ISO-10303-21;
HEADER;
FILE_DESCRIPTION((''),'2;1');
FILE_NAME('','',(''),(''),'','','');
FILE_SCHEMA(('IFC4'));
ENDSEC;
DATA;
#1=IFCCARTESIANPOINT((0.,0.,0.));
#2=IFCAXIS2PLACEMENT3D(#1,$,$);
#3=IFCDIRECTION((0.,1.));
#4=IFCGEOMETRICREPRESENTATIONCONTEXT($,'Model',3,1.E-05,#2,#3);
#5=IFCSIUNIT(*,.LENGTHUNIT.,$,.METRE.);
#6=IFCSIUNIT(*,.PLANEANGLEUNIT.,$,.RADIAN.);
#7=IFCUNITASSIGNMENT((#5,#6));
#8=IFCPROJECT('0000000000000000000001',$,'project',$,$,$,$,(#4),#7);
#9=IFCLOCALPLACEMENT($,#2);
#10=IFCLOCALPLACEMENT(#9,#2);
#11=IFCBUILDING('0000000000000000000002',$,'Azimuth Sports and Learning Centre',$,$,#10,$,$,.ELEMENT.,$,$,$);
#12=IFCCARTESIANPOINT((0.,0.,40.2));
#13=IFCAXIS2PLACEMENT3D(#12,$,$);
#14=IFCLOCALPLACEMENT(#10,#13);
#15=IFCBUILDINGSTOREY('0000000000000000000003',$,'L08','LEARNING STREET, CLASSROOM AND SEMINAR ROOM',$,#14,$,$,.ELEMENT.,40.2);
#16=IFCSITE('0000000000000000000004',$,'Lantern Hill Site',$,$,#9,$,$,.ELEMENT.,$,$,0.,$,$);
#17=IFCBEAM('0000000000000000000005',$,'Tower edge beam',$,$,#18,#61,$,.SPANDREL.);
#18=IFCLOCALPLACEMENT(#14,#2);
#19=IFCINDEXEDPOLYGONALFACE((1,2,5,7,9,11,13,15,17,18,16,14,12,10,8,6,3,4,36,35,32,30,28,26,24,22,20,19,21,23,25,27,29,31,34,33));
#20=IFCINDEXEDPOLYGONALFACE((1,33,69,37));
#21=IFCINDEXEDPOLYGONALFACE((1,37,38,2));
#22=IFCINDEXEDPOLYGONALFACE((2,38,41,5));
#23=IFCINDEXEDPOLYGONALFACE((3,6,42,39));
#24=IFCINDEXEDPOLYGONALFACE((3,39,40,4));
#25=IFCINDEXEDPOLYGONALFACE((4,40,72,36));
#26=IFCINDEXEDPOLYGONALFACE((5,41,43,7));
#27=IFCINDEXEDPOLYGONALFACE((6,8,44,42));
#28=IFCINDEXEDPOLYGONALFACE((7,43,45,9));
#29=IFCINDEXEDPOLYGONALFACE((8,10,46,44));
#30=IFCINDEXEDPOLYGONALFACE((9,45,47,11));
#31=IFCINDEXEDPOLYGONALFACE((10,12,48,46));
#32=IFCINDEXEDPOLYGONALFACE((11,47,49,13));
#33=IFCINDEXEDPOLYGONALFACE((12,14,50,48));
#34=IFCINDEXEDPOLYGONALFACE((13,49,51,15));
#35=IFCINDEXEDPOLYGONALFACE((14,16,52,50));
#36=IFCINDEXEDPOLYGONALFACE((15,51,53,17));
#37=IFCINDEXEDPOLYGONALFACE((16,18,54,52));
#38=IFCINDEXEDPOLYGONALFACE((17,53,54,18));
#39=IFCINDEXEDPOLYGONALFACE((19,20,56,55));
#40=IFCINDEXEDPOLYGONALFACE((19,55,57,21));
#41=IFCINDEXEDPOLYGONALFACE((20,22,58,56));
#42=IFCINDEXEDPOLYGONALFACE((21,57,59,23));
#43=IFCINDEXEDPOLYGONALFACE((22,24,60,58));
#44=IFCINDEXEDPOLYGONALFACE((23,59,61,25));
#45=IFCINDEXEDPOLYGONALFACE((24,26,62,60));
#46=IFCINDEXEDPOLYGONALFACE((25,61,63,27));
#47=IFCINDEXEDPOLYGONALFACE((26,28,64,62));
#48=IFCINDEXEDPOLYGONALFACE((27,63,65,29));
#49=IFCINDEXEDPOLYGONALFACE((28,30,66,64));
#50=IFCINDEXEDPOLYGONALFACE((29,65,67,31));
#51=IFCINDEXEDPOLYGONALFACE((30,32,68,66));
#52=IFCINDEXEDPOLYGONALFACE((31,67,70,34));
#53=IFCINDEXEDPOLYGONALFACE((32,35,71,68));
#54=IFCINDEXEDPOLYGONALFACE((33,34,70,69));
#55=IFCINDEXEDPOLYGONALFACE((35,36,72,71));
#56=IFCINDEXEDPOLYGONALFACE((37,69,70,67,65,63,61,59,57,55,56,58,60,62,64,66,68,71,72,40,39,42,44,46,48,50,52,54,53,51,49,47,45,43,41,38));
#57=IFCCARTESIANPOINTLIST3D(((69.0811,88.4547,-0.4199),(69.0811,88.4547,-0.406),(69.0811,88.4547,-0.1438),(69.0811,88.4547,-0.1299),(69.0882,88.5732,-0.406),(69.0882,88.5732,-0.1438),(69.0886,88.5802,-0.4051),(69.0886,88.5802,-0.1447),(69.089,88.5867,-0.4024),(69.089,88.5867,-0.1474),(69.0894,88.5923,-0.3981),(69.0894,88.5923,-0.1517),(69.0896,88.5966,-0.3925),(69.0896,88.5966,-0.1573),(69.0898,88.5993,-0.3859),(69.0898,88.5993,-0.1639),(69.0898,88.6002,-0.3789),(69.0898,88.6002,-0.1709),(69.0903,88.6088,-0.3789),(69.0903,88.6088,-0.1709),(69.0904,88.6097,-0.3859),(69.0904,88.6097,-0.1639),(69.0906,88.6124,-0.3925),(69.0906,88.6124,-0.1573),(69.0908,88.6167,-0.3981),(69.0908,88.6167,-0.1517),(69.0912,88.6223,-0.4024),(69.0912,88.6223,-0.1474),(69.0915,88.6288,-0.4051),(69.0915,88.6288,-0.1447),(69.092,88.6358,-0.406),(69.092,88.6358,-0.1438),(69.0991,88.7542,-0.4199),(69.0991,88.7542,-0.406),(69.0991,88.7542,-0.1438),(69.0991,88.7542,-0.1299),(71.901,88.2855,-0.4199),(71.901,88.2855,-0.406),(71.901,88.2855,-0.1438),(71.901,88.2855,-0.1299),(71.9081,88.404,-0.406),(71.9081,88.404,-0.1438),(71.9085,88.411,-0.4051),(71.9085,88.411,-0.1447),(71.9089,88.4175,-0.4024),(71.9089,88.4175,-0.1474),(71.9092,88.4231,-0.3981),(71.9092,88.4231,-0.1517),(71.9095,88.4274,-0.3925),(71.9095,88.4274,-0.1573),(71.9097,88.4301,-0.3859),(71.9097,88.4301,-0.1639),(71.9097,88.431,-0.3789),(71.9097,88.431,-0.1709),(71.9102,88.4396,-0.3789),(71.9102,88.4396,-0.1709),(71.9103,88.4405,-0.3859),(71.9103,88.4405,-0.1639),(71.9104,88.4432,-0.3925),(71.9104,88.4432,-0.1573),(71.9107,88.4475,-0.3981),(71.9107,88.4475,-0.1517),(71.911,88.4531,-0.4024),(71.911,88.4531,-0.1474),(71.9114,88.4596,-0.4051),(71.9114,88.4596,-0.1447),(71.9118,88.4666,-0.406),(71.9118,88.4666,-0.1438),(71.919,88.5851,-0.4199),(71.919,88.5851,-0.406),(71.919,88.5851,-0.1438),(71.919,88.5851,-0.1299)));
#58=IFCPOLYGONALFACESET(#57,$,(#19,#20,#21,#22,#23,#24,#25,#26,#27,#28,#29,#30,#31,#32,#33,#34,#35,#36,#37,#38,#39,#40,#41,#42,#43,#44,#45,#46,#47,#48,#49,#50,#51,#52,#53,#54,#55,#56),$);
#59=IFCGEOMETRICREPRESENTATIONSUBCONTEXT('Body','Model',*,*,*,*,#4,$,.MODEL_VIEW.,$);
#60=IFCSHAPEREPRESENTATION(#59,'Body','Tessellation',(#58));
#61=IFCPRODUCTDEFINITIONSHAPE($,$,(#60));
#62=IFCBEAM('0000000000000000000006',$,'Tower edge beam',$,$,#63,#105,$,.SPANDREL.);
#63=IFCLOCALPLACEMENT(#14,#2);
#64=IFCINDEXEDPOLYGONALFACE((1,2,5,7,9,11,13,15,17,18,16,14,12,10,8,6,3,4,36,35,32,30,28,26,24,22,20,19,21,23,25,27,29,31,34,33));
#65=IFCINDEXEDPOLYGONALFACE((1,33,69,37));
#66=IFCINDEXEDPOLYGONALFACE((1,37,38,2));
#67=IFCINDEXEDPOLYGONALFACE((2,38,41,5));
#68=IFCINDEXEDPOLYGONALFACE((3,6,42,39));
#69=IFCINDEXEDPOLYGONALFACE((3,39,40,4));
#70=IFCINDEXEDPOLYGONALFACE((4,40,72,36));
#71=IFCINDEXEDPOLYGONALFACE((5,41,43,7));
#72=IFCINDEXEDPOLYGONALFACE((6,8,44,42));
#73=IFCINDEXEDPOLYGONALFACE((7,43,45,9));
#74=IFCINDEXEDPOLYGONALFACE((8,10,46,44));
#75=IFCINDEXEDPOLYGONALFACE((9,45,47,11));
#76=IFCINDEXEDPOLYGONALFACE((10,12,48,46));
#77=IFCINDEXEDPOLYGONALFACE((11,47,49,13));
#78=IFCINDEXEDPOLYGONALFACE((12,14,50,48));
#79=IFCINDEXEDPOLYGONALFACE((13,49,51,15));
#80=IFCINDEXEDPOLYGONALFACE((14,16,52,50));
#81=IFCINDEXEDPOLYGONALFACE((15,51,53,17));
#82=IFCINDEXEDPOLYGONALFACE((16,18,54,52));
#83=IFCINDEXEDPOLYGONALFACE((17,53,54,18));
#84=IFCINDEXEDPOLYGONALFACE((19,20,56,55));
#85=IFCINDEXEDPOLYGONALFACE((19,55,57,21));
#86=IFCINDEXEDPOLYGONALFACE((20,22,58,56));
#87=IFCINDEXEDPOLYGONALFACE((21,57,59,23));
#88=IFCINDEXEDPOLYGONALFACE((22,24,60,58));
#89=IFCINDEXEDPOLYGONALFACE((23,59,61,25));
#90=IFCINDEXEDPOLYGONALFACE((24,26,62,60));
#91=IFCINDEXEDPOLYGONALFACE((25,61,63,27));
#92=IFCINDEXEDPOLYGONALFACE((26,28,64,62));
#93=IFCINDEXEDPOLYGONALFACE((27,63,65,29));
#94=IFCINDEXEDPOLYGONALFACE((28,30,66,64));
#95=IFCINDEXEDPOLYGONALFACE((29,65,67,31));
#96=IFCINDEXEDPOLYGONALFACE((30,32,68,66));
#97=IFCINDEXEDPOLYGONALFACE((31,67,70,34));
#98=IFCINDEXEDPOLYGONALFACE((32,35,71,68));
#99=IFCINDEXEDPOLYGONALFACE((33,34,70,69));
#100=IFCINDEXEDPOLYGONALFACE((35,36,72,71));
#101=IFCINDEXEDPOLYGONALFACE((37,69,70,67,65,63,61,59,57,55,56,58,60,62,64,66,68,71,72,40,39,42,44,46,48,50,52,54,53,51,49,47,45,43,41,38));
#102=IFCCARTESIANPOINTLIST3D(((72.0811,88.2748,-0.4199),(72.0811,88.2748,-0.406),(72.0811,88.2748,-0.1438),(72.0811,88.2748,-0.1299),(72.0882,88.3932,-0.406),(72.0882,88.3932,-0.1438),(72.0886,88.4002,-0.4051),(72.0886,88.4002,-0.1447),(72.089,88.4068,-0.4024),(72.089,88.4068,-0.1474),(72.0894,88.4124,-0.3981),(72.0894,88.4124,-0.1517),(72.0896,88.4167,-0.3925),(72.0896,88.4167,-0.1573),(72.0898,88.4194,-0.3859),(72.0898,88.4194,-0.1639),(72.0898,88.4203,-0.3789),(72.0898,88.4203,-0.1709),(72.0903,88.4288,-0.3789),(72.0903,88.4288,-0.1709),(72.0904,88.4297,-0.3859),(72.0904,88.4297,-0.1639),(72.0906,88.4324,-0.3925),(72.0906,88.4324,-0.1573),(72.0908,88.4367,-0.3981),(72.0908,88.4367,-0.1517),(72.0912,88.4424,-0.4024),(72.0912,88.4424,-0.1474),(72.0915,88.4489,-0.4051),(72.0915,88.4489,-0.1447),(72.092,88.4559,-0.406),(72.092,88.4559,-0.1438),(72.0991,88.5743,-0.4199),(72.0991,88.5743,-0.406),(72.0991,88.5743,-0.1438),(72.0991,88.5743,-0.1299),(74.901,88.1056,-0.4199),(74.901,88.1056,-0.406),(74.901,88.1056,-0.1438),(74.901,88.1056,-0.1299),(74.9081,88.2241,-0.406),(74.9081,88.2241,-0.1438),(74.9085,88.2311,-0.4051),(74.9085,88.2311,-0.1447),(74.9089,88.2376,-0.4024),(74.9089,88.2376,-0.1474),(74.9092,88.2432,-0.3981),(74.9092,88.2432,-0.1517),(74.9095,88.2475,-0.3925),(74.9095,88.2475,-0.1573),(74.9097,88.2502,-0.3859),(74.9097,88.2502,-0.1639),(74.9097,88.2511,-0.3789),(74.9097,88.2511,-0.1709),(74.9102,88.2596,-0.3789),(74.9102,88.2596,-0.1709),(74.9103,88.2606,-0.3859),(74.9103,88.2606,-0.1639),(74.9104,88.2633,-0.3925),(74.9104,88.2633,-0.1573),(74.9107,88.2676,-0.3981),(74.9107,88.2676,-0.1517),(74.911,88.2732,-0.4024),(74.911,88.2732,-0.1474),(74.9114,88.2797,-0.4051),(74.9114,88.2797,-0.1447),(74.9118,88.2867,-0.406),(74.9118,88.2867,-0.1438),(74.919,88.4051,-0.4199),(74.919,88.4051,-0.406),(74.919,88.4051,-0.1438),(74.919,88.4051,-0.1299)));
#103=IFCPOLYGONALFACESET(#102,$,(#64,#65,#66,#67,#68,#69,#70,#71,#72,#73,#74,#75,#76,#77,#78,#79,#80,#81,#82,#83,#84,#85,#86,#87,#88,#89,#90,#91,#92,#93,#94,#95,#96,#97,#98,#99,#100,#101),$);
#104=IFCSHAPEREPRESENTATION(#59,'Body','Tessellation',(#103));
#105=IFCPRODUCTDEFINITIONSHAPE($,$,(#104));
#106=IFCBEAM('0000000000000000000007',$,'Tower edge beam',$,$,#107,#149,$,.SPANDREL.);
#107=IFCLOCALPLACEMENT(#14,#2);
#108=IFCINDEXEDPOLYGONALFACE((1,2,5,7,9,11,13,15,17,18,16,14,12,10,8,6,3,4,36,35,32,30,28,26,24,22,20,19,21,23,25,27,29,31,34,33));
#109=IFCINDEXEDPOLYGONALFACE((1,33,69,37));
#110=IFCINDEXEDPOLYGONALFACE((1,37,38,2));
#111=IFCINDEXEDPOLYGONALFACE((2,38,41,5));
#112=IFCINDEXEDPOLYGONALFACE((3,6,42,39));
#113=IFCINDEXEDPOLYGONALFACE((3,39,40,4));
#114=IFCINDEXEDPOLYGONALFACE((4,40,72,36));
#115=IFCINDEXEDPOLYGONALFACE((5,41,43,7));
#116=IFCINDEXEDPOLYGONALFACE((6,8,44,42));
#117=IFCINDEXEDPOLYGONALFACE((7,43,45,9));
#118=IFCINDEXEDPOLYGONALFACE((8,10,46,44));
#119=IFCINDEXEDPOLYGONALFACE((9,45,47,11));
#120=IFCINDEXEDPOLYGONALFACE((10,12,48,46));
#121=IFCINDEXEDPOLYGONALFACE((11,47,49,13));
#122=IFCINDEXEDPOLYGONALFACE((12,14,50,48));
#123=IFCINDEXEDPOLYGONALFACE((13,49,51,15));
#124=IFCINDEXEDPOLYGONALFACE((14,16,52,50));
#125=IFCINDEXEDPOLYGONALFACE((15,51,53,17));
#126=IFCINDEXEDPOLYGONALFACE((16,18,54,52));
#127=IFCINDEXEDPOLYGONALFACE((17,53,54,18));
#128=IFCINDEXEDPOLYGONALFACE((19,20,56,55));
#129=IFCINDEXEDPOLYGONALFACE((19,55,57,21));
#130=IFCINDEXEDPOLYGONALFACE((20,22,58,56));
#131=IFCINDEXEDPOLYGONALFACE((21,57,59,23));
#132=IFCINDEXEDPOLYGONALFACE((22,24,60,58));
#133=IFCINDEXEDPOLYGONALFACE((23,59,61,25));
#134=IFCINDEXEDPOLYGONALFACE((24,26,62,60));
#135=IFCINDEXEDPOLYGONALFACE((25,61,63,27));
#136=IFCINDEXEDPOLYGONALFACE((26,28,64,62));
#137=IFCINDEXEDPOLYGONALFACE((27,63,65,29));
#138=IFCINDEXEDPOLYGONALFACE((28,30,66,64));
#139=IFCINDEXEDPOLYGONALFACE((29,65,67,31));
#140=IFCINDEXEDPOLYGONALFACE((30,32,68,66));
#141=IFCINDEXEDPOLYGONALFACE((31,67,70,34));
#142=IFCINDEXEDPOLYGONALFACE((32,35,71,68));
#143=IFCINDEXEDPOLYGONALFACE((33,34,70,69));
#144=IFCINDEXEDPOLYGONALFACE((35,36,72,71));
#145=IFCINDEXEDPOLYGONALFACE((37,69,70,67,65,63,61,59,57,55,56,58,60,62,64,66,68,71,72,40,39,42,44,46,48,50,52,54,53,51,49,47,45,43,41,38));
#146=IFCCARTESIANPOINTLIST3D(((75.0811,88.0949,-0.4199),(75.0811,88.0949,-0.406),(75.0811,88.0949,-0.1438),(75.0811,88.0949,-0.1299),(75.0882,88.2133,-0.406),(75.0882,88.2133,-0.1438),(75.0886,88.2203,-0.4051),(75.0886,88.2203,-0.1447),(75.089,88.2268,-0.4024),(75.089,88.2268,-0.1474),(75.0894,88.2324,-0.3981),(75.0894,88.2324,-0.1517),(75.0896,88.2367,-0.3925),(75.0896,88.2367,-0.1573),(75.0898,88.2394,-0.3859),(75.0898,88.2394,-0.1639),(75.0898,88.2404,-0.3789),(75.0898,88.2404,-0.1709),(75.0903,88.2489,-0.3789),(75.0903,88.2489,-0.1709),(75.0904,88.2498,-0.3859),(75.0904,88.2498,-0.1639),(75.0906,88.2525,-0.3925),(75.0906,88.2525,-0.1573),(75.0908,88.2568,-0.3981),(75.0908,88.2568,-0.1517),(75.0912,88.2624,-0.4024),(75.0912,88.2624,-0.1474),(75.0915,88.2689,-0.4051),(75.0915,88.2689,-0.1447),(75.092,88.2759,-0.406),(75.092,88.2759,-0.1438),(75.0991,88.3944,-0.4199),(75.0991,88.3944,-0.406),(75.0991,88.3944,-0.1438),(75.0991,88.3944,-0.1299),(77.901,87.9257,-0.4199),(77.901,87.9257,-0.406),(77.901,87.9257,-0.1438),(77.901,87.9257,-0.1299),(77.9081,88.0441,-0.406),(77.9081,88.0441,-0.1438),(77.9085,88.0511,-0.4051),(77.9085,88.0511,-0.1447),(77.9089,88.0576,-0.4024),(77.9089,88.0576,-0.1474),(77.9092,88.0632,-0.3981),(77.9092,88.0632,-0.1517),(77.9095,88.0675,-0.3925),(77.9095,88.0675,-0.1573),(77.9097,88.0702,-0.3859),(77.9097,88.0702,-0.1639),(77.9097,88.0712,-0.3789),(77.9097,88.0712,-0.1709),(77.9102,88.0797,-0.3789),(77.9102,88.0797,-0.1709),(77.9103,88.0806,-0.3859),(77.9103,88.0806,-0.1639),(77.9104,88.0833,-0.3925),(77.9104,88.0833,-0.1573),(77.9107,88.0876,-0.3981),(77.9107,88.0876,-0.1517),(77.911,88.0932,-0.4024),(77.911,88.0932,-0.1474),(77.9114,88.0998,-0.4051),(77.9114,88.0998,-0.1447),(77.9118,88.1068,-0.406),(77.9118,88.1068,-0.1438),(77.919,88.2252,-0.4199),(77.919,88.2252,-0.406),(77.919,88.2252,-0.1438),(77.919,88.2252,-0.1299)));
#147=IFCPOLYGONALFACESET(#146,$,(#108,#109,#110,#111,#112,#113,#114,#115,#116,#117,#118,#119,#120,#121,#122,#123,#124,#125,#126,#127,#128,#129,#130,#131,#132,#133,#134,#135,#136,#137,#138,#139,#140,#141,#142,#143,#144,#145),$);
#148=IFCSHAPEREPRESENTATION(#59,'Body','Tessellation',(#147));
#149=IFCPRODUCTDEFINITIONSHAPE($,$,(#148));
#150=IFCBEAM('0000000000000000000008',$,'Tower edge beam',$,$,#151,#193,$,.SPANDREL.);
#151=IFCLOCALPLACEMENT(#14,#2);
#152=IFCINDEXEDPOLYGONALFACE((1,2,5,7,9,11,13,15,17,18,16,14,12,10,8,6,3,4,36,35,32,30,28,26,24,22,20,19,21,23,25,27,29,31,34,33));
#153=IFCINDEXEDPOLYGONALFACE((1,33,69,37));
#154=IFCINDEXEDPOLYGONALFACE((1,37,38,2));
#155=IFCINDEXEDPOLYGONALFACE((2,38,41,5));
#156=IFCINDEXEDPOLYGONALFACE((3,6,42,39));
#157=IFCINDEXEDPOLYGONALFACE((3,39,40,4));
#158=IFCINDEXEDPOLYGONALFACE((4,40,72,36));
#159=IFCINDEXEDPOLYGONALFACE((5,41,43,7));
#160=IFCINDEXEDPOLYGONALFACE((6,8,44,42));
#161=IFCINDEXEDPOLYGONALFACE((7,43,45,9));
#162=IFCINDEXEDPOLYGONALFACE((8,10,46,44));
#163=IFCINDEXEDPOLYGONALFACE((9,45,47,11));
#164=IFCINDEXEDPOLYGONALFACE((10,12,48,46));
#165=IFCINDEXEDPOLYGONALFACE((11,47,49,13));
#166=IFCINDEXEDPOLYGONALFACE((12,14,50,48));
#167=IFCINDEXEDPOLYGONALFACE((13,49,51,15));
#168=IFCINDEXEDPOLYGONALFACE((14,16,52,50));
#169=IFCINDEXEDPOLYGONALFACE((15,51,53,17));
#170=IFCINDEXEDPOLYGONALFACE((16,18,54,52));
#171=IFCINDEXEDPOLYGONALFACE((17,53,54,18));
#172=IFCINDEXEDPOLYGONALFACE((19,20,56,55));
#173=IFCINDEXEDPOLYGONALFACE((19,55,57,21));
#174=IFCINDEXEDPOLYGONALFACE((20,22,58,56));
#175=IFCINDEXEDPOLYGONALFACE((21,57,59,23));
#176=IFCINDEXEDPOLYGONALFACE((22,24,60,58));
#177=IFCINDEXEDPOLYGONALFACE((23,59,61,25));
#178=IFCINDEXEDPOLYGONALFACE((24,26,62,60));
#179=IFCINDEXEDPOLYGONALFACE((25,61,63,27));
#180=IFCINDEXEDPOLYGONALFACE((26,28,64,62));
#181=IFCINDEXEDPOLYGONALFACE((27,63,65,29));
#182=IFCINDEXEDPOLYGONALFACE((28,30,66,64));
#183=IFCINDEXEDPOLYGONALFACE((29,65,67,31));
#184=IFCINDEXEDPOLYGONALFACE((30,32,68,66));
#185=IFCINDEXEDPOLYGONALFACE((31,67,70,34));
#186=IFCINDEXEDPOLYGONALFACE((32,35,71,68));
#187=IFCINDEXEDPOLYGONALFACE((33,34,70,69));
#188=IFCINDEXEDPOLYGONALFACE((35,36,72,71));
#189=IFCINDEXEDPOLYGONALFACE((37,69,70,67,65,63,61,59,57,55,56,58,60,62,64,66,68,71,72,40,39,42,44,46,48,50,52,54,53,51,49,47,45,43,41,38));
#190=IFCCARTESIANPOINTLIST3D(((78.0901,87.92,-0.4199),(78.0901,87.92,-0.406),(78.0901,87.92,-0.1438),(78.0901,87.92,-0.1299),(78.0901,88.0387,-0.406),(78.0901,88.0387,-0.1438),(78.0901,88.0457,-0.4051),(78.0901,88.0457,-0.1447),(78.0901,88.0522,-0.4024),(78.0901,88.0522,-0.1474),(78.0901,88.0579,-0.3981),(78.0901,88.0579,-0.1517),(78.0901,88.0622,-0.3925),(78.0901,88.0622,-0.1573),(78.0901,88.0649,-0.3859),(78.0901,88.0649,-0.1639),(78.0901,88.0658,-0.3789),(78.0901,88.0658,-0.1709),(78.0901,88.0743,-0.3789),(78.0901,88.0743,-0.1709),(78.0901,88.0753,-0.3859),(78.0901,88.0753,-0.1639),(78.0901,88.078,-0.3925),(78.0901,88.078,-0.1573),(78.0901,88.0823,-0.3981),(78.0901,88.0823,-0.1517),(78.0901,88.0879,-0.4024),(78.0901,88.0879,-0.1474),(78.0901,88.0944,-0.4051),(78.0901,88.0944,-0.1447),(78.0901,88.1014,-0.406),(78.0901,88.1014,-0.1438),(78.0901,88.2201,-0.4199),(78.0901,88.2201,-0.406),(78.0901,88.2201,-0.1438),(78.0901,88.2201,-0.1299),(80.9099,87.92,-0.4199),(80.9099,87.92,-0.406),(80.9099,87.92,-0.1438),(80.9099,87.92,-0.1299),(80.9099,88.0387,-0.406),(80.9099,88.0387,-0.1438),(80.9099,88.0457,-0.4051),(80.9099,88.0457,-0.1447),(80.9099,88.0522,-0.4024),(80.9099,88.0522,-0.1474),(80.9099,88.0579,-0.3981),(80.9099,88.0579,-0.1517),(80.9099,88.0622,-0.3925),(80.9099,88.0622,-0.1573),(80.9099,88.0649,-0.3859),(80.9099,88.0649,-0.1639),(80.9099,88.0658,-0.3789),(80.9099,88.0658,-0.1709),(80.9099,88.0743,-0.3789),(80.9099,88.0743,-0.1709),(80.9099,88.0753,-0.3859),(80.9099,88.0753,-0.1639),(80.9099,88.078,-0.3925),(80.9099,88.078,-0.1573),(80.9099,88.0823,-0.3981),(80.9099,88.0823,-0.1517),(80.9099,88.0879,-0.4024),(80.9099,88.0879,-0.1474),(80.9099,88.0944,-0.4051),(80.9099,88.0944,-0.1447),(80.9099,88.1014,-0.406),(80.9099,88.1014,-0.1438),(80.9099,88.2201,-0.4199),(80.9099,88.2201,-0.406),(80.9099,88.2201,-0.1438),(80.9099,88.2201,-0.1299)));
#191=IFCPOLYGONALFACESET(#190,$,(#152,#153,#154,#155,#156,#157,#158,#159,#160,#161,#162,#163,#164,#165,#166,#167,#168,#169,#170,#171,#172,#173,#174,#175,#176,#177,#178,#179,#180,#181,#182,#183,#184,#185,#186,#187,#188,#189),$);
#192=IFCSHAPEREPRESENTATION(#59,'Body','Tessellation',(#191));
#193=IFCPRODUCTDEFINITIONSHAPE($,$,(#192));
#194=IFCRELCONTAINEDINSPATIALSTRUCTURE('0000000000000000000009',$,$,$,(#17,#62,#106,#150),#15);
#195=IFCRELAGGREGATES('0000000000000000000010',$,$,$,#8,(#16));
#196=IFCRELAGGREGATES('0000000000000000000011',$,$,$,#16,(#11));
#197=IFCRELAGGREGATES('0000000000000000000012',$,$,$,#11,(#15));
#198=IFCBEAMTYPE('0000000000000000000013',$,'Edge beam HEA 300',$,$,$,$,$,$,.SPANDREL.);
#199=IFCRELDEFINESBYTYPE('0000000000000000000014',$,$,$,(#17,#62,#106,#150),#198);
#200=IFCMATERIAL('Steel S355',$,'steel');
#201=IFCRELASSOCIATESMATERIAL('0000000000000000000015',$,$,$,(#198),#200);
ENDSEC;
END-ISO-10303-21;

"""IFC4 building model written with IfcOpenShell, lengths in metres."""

from ifc_helpers import new_model, si_unit, direction, frame, origin, origin_2d, place, context, subcontext, project, spatial, i_section, extrude, material, material_profile, profile_set, type_object, element, save


model = new_model("IFC4")

# Units and contexts
model_context = context("Model", 3, precision=1e-05, world=origin(), true_north=direction((0.0, 1.0)))
body_context = subcontext(model_context, "Body", "Model", "MODEL_VIEW")
ifc_project = project(units=[si_unit("LENGTHUNIT", "METRE"), si_unit("PLANEANGLEUNIT", "RADIAN")], contexts=[model_context])

# Site, building, storey
site_placement = place(None, origin())
site = spatial("IfcSite", under=ifc_project, at=site_placement, Name="Lantern Hill Site", CompositionType="ELEMENT", RefElevation=0.0)
building_placement = place(site_placement, origin())
building = spatial("IfcBuilding", under=site, at=building_placement, Name="Azimuth Sports and Learning Centre", CompositionType="ELEMENT")
storey_placement = place(building_placement, frame((0.0, 0.0, 40.2)))
storey = spatial("IfcBuildingStorey", under=building, at=storey_placement, Name="L08", Description="LEARNING STREET, CLASSROOM AND SEMINAR ROOM", CompositionType="ELEMENT", Elevation=40.2)

# Beams
ifc_material_1 = material(Name="Steel S355", Category="steel")
ifc_material_profile_1 = material_profile(ifc_material_1, i_section(OverallWidth=0.3, OverallDepth=0.29, WebThickness=0.0085, FlangeThickness=0.0139, FilletRadius=0.0271, at=origin_2d()), Name="HEA 300")
ifc_profile_set_1 = profile_set([ifc_material_profile_1], Name="Steel S355")
beam_type = type_object("IfcBeamType", Name="Edge beam HEA 300", PredefinedType="SPANDREL", material=ifc_profile_set_1)
for number, where, z_axis, x_axis, name in (
    (1, (69.0901, 88.6045, -0.2749), (0.998205, -0.059892, 0.0), (0.059892, 0.998205, 0.0), "Tower edge beam"),
    (2, (72.0901, 88.4246, -0.2749), (0.998205, -0.059892, 0.0), (0.059892, 0.998205, 0.0), "Tower edge beam"),
    (3, (75.0901, 88.2446, -0.2749), (0.998205, -0.059892, 0.0), (0.059892, 0.998205, 0.0), "Tower edge beam"),
):
    element("IfcBeam", number, at=place(storey_placement, frame(where, z_axis=z_axis, x_axis=x_axis)), inside=storey, type_object=beam_type, Name=name, PredefinedType="SPANDREL", context=body_context, shape_type="SweptSolid", body=[
        extrude(i_section(OverallWidth=0.3, OverallDepth=0.29, WebThickness=0.0085, FlangeThickness=0.0139, FilletRadius=0.0271, at=origin_2d()), origin(), (0.0, 0.0, 1.0), 2.825),
    ])
for number, where, z_axis, x_axis, name in (
    (4, (78.0901, 88.0701, -0.2749), (1.0, 0.0, 0.0), (0.0, 1.0, 0.0), "Tower edge beam"),
):
    element("IfcBeam", number, at=place(storey_placement, frame(where, z_axis=z_axis, x_axis=x_axis)), inside=storey, type_object=beam_type, Name=name, PredefinedType="SPANDREL", context=body_context, shape_type="SweptSolid", body=[
        extrude(i_section(OverallWidth=0.3, OverallDepth=0.29, WebThickness=0.0085, FlangeThickness=0.0139, FilletRadius=0.0271, at=origin_2d()), origin(), (0.0, 0.0, 1.0), 2.8198),
    ])

save(model, "model.ifc")
